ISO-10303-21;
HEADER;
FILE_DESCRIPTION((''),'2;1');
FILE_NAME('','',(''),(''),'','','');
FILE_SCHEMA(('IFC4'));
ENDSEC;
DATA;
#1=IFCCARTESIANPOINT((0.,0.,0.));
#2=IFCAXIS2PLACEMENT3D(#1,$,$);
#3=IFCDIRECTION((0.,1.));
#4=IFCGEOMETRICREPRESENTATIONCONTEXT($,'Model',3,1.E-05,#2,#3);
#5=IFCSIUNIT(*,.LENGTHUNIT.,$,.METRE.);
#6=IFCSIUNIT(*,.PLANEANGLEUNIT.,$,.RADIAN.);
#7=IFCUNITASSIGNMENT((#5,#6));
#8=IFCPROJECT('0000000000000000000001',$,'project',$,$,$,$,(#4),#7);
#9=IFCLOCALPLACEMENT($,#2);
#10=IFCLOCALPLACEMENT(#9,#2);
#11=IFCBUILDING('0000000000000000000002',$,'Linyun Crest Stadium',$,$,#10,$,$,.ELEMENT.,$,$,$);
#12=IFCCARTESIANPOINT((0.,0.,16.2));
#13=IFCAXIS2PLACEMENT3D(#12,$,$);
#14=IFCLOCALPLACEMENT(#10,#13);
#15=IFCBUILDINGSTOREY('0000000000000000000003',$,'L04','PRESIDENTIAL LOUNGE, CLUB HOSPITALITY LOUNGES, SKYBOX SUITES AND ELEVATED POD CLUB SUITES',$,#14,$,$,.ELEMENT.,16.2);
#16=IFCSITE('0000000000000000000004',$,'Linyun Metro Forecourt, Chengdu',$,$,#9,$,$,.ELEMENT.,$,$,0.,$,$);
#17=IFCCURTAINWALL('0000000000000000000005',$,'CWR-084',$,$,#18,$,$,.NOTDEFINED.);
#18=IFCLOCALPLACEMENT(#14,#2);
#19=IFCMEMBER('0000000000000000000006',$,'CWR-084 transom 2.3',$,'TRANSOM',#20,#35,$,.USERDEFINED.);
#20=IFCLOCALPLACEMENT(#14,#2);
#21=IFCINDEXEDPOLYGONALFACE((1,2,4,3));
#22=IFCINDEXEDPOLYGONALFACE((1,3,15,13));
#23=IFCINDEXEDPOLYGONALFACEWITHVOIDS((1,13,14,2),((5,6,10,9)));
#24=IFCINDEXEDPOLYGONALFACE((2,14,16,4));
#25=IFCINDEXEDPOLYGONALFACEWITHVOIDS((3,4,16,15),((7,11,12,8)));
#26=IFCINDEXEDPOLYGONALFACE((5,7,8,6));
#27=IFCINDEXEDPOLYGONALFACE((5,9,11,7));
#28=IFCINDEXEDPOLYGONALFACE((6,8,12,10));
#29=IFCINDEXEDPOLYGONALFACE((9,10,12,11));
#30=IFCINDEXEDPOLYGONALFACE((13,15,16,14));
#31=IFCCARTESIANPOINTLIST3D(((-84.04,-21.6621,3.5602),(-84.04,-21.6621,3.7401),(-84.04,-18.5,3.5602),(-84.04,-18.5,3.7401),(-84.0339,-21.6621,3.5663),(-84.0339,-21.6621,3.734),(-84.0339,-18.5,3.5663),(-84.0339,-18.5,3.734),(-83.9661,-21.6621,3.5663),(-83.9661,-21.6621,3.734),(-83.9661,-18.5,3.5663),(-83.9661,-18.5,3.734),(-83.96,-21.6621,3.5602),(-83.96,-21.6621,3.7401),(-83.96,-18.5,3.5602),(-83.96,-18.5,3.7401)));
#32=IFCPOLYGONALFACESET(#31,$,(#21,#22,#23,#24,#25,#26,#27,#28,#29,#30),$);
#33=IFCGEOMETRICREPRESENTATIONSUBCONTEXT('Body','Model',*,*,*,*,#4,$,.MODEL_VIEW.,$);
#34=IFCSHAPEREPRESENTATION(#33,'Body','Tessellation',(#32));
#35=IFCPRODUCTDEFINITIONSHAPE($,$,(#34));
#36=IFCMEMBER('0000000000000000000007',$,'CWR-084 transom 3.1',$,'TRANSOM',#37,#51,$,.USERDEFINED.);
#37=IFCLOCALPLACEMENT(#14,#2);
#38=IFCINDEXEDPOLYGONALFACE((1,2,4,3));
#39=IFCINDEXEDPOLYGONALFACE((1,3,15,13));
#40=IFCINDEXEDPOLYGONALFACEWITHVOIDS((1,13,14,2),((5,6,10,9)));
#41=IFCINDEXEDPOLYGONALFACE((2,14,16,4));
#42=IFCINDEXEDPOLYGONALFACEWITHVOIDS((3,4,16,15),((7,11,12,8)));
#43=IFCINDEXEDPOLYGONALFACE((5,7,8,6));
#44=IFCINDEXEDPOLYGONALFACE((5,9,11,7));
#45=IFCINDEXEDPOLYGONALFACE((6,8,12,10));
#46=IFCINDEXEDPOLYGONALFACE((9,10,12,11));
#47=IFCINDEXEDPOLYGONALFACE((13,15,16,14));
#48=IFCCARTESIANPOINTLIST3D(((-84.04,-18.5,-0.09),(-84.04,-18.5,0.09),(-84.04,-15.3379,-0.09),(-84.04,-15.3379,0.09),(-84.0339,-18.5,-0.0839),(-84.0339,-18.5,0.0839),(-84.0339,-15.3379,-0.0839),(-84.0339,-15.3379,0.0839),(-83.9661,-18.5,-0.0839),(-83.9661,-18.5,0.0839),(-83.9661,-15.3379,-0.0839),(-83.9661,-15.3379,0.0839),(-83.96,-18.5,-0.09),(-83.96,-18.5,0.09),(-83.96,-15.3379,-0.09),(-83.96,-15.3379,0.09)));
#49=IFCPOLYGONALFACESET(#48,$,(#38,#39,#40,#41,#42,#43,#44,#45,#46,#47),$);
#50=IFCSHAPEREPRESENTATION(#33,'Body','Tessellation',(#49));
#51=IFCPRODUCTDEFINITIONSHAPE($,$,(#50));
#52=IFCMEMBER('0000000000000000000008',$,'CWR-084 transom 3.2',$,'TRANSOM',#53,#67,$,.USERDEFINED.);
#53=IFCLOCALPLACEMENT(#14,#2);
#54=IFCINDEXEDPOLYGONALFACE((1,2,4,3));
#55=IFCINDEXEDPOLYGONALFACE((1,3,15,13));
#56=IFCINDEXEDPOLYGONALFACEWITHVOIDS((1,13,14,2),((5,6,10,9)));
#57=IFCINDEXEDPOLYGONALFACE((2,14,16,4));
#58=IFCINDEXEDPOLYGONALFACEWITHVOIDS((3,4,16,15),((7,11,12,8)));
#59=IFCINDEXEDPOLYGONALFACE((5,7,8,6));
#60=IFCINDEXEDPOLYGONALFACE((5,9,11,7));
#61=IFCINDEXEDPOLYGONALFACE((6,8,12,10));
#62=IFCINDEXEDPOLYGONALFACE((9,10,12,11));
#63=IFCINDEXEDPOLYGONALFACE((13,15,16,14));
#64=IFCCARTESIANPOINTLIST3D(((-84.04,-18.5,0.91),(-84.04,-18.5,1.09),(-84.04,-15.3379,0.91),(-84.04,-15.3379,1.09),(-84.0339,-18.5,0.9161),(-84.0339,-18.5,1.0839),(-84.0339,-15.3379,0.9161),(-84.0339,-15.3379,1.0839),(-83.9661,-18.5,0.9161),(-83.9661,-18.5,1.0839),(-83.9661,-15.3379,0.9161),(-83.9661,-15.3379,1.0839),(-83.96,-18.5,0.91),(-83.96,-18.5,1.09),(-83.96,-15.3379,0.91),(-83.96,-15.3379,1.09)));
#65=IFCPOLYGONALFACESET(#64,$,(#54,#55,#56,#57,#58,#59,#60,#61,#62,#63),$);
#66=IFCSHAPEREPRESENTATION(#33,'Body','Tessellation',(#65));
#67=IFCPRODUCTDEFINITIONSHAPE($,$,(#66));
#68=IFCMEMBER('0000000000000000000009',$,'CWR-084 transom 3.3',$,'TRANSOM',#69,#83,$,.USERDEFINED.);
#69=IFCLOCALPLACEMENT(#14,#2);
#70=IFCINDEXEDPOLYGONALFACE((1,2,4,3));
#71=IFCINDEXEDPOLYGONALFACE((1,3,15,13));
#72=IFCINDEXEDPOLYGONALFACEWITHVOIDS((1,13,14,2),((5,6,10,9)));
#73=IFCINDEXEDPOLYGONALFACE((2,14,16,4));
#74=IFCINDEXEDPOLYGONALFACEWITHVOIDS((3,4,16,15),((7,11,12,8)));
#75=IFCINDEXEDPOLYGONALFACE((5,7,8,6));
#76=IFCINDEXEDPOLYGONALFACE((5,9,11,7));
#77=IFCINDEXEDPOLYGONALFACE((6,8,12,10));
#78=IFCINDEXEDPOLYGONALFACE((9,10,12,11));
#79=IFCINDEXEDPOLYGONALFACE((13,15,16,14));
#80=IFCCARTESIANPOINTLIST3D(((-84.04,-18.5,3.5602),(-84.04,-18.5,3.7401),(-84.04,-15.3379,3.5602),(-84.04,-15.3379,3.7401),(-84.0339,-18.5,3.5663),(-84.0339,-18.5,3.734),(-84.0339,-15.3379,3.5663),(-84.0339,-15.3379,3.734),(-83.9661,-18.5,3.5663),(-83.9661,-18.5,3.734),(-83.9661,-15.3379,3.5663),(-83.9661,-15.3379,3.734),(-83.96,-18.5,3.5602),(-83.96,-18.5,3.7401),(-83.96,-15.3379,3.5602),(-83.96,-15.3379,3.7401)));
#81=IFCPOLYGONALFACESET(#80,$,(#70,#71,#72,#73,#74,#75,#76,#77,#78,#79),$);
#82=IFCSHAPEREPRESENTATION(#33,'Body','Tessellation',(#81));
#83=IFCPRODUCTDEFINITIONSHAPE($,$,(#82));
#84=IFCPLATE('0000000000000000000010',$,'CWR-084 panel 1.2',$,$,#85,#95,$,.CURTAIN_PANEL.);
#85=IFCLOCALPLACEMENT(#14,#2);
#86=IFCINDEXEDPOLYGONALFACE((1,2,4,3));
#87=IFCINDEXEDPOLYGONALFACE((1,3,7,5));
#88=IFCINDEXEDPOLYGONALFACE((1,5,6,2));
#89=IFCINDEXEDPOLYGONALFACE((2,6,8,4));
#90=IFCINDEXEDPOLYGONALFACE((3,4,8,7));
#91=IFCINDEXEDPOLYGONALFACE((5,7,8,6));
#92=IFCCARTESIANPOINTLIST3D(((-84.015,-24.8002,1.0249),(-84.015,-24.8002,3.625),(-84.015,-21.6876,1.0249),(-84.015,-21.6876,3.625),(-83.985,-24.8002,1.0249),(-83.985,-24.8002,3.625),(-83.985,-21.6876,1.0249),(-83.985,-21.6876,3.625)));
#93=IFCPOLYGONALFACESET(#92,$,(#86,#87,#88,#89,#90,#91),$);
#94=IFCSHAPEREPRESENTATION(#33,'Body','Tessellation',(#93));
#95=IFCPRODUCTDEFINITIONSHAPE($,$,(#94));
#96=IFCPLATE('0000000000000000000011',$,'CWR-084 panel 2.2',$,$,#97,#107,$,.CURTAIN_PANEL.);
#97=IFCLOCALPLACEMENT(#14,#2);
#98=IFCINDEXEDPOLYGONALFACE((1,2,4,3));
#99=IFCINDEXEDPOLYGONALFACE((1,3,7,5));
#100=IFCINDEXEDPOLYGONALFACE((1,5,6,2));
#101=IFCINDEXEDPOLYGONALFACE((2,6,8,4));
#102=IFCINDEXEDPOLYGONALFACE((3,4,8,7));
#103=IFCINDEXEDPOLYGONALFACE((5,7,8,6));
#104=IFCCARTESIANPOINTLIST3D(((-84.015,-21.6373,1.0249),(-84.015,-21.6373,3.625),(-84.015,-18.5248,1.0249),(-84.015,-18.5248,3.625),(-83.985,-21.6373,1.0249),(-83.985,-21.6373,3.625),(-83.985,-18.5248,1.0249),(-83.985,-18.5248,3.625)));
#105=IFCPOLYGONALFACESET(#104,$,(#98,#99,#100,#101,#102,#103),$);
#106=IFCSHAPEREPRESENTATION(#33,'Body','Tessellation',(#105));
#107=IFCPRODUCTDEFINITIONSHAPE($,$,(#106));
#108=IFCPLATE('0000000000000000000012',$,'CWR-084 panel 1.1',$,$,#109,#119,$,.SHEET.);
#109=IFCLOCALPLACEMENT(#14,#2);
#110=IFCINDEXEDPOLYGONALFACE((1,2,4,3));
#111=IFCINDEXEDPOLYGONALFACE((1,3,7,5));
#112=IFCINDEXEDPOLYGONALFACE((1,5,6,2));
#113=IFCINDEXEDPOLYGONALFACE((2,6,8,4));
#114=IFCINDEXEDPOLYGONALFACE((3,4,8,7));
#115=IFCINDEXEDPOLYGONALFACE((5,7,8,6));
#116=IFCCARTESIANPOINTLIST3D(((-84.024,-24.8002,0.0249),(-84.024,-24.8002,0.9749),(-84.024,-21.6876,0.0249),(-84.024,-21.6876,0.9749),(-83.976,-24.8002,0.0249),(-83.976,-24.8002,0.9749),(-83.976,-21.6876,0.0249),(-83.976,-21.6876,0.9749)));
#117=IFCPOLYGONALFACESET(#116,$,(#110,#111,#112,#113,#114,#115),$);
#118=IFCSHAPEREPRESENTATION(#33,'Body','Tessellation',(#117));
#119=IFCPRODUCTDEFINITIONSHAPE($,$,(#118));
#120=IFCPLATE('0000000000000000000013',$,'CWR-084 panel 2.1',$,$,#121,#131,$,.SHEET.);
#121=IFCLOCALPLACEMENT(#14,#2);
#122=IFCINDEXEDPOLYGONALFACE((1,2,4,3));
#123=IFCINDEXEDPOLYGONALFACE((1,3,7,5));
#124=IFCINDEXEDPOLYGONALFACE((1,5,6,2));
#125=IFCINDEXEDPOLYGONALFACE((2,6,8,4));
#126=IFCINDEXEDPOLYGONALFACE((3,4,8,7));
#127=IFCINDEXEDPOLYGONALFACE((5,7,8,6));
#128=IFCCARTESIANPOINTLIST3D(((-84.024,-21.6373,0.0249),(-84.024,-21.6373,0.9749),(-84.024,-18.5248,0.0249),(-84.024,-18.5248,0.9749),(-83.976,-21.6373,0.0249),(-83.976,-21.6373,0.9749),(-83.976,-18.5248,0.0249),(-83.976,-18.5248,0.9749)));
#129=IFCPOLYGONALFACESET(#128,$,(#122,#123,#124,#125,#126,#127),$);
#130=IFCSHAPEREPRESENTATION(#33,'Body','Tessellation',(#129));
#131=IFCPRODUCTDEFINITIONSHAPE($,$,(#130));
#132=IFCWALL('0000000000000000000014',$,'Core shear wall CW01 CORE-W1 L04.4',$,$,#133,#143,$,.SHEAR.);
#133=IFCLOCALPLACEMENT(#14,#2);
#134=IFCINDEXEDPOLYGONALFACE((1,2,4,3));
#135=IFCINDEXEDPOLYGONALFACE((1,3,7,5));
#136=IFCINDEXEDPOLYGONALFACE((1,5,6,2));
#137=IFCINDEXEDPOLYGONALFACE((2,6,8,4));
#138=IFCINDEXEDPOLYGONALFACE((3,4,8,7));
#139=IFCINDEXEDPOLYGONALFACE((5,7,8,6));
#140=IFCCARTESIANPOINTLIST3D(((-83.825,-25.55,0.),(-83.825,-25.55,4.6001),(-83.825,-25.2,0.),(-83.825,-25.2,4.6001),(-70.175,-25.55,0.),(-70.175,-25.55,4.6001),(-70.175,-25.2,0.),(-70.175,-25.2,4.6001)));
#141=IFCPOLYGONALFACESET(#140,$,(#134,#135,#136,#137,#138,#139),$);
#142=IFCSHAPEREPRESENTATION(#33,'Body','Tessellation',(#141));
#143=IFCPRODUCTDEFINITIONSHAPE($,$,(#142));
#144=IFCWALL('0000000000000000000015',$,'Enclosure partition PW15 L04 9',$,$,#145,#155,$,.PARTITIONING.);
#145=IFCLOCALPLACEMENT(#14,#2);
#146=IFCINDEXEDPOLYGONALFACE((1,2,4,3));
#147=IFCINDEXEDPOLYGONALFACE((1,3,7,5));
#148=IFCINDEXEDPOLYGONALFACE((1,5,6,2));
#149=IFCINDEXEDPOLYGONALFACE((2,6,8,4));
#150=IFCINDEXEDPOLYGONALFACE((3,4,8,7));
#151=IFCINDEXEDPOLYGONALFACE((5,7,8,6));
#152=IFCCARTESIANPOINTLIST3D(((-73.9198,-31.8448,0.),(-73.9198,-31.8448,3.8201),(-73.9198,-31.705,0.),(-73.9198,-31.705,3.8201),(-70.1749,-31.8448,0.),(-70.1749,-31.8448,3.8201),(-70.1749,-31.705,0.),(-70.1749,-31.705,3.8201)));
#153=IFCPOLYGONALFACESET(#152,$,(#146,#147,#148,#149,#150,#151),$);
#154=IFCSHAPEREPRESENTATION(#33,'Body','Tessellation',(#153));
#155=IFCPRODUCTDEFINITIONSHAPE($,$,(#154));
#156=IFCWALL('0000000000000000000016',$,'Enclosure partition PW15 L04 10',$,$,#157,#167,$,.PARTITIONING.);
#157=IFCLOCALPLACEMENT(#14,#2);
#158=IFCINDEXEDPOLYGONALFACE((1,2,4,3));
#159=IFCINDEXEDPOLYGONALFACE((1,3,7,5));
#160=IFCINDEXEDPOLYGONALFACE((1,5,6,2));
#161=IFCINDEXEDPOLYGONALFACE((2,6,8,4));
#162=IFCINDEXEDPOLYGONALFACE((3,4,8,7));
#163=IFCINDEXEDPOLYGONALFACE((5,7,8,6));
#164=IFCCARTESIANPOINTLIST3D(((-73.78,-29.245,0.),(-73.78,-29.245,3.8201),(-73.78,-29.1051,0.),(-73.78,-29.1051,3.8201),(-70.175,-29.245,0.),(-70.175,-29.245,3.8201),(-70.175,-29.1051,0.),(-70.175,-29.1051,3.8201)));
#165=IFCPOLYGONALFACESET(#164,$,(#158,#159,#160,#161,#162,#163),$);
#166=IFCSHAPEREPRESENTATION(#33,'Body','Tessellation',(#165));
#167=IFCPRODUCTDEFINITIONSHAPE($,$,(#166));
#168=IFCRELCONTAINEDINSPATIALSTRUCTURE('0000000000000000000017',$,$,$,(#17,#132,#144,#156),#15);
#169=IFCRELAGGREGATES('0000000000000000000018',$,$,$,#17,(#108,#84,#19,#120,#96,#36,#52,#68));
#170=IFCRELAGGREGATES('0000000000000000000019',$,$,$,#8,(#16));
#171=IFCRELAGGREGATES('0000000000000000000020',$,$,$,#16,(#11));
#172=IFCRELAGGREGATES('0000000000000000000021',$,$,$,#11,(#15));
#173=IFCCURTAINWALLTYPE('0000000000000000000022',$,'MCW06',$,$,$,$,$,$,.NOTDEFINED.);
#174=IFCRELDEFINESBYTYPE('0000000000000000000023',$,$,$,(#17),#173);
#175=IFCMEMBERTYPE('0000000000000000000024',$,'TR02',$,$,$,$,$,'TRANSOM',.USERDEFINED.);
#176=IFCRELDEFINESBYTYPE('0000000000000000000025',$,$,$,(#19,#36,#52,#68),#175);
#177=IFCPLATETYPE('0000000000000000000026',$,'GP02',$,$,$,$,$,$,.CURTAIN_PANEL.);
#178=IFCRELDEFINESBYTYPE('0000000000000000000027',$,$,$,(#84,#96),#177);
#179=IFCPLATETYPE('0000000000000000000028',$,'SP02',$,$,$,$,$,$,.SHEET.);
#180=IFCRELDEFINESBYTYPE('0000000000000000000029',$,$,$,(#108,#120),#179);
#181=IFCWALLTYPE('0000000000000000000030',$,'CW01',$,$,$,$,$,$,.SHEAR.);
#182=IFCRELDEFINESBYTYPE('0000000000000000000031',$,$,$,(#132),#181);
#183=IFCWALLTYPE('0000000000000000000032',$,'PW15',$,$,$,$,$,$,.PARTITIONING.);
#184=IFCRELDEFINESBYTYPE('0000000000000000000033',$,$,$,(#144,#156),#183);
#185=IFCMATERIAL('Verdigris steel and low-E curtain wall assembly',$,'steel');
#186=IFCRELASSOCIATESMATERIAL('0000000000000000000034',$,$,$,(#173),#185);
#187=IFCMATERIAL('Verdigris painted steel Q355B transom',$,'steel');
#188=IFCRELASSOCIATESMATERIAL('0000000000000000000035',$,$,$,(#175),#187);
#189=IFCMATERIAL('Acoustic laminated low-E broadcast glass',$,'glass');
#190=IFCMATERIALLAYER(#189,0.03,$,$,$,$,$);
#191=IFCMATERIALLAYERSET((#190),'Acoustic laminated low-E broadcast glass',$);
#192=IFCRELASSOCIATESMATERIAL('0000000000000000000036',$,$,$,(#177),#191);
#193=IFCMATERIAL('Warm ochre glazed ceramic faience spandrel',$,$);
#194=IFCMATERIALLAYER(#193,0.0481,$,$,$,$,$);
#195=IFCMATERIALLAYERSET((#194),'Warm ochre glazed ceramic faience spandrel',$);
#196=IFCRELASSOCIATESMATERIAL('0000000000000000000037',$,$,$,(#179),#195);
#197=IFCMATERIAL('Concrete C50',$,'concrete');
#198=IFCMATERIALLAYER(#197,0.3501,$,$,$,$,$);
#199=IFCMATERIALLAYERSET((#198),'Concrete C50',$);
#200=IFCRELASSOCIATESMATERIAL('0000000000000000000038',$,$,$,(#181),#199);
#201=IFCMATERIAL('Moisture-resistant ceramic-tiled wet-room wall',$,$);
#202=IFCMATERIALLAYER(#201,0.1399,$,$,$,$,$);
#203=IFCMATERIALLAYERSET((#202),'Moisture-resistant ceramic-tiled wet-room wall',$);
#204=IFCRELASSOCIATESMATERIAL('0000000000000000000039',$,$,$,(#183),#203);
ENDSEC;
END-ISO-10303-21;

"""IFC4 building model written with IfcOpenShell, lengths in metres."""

from ifc_helpers import new_model, si_unit, direction, frame, frame_2d, origin, origin_2d, place, context, subcontext, project, spatial, rectangle, hollow_rectangle, extrude, material, layer, layer_set, material_profile, profile_set, type_object, element, aggregate, save


model = new_model("IFC4")

# Units and contexts
model_context = context("Model", 3, precision=1e-05, world=origin(), true_north=direction((0.0, 1.0)))
body_context = subcontext(model_context, "Body", "Model", "MODEL_VIEW")
ifc_project = project(units=[si_unit("LENGTHUNIT", "METRE"), si_unit("PLANEANGLEUNIT", "RADIAN")], contexts=[model_context])

# Site, building, storey
site_placement = place(None, origin())
site = spatial("IfcSite", under=ifc_project, at=site_placement, Name="Linyun Metro Forecourt, Chengdu", CompositionType="ELEMENT", RefElevation=0.0)
building_placement = place(site_placement, origin())
building = spatial("IfcBuilding", under=site, at=building_placement, Name="Linyun Crest Stadium", CompositionType="ELEMENT")
storey_placement = place(building_placement, frame((0.0, 0.0, 16.2)))
storey = spatial("IfcBuildingStorey", under=building, at=storey_placement, Name="L04", Description="PRESIDENTIAL LOUNGE, CLUB HOSPITALITY LOUNGES, SKYBOX SUITES AND ELEVATED POD CLUB SUITES", CompositionType="ELEMENT", Elevation=16.2)

# Curtain wall, members, plates
ifc_material_1 = material(Name="Verdigris steel and low-E curtain wall assembly", Category="steel")
curtain_wall_type = type_object("IfcCurtainWallType", Name="MCW06", PredefinedType="NOTDEFINED", material=ifc_material_1)
curtain_wall_placement = place(storey_placement, origin())
curtain_wall = element("IfcCurtainWall", 1, at=curtain_wall_placement, inside=storey, type_object=curtain_wall_type, Name="CWR-084", PredefinedType="NOTDEFINED")
ifc_material_2 = material(Name="Verdigris painted steel Q355B transom", Category="steel")
ifc_material_profile_1 = material_profile(ifc_material_2, hollow_rectangle(XDim=0.0801, YDim=0.1799, WallThickness=0.0061, at=origin_2d()), Name="RHS 180x80x6")
ifc_profile_set_1 = profile_set([ifc_material_profile_1], Name="Verdigris painted steel Q355B transom")
member_type_1 = type_object("IfcMemberType", Name="TR02", ElementType="TRANSOM", PredefinedType="USERDEFINED", material=ifc_profile_set_1)
member_1_placement = place(storey_placement, frame((-84.0, -21.6621, 3.6501), z_axis=(0.0, 1.0, 0.0), x_axis=(-1.0, 0.0, 0.0)))
member_1 = element("IfcMember", 2, at=member_1_placement, type_object=member_type_1, Name="CWR-084 transom 2.3", ObjectType="TRANSOM", PredefinedType="USERDEFINED", context=body_context, shape_type="SweptSolid", body=[
    extrude(hollow_rectangle(XDim=0.0801, YDim=0.1799, WallThickness=0.0061, at=origin_2d()), origin(), (0.0, 0.0, 1.0), 3.1621),
])
member_2_placement = place(storey_placement, frame((-84.0, -18.5, 0.0), z_axis=(0.0, 1.0, 0.0), x_axis=(-1.0, 0.0, 0.0)))
member_2 = element("IfcMember", 3, at=member_2_placement, type_object=member_type_1, Name="CWR-084 transom 3.1", ObjectType="TRANSOM", PredefinedType="USERDEFINED", context=body_context, shape_type="SweptSolid", body=[
    extrude(hollow_rectangle(XDim=0.0801, YDim=0.1799, WallThickness=0.0061, at=origin_2d()), origin(), (0.0, 0.0, 1.0), 3.1621),
])
member_3_placement = place(storey_placement, frame((-84.0, -18.5, 1.0), z_axis=(0.0, 1.0, 0.0), x_axis=(-1.0, 0.0, 0.0)))
member_3 = element("IfcMember", 4, at=member_3_placement, type_object=member_type_1, Name="CWR-084 transom 3.2", ObjectType="TRANSOM", PredefinedType="USERDEFINED", context=body_context, shape_type="SweptSolid", body=[
    extrude(hollow_rectangle(XDim=0.0801, YDim=0.1799, WallThickness=0.0061, at=origin_2d()), origin(), (0.0, 0.0, 1.0), 3.1621),
])
member_4_placement = place(storey_placement, frame((-84.0, -18.5, 3.6501), z_axis=(0.0, 1.0, 0.0), x_axis=(-1.0, 0.0, 0.0)))
member_4 = element("IfcMember", 5, at=member_4_placement, type_object=member_type_1, Name="CWR-084 transom 3.3", ObjectType="TRANSOM", PredefinedType="USERDEFINED", context=body_context, shape_type="SweptSolid", body=[
    extrude(hollow_rectangle(XDim=0.0801, YDim=0.1799, WallThickness=0.0061, at=origin_2d()), origin(), (0.0, 0.0, 1.0), 3.1621),
])
ifc_material_3 = material(Name="Acoustic laminated low-E broadcast glass", Category="glass")
ifc_layer_1 = layer(ifc_material_3, 0.03)
ifc_layer_set_1 = layer_set([ifc_layer_1], Name="Acoustic laminated low-E broadcast glass")
plate_type_1 = type_object("IfcPlateType", Name="GP02", PredefinedType="CURTAIN_PANEL", material=ifc_layer_set_1)
plate_1_placement = place(storey_placement, frame((-84.0, -23.2439, 1.0249), z_axis=(0.0, 0.0, 1.0), x_axis=(0.0, 1.0, 0.0)))
plate_1 = element("IfcPlate", 6, at=plate_1_placement, type_object=plate_type_1, Name="CWR-084 panel 1.2", PredefinedType="CURTAIN_PANEL", context=body_context, shape_type="SweptSolid", body=[
    extrude(rectangle(XDim=3.1125, YDim=0.03, at=origin_2d()), origin(), (0.0, 0.0, 1.0), 2.6001),
])
plate_2_placement = place(storey_placement, frame((-84.0, -20.0811, 1.0249), z_axis=(0.0, 0.0, 1.0), x_axis=(0.0, 1.0, 0.0)))
plate_2 = element("IfcPlate", 7, at=plate_2_placement, type_object=plate_type_1, Name="CWR-084 panel 2.2", PredefinedType="CURTAIN_PANEL", context=body_context, shape_type="SweptSolid", body=[
    extrude(rectangle(XDim=3.1125, YDim=0.03, at=origin_2d()), origin(), (0.0, 0.0, 1.0), 2.6001),
])
ifc_material_4 = material(Name="Warm ochre glazed ceramic faience spandrel")
ifc_layer_2 = layer(ifc_material_4, 0.0481)
ifc_layer_set_2 = layer_set([ifc_layer_2], Name="Warm ochre glazed ceramic faience spandrel")
plate_type_2 = type_object("IfcPlateType", Name="SP02", PredefinedType="SHEET", material=ifc_layer_set_2)
plate_3_placement = place(storey_placement, frame((-84.0, -23.2439, 0.0249), z_axis=(0.0, 0.0, 1.0), x_axis=(0.0, 1.0, 0.0)))
plate_3 = element("IfcPlate", 8, at=plate_3_placement, type_object=plate_type_2, Name="CWR-084 panel 1.1", PredefinedType="SHEET", context=body_context, shape_type="SweptSolid", body=[
    extrude(rectangle(XDim=3.1125, YDim=0.0481, at=origin_2d()), origin(), (0.0, 0.0, 1.0), 0.95),
])
plate_4_placement = place(storey_placement, frame((-84.0, -20.0811, 0.0249), z_axis=(0.0, 0.0, 1.0), x_axis=(0.0, 1.0, 0.0)))
plate_4 = element("IfcPlate", 9, at=plate_4_placement, type_object=plate_type_2, Name="CWR-084 panel 2.1", PredefinedType="SHEET", context=body_context, shape_type="SweptSolid", body=[
    extrude(rectangle(XDim=3.1125, YDim=0.0481, at=origin_2d()), origin(), (0.0, 0.0, 1.0), 0.95),
])
aggregate(curtain_wall, [plate_3, plate_1, member_1, plate_4, plate_2, member_2, member_3, member_4])

# Wall
ifc_material_5 = material(Name="Concrete C50", Category="concrete")
ifc_layer_3 = layer(ifc_material_5, 0.3501)
ifc_layer_set_3 = layer_set([ifc_layer_3], Name="Concrete C50")
wall_type_1 = type_object("IfcWallType", Name="CW01", PredefinedType="SHEAR", material=ifc_layer_set_3)
wall_1_placement = place(storey_placement, frame((-83.825, -25.375, 0.0), z_axis=(0.0, 0.0, 1.0), x_axis=(1.0, 0.0, 0.0)))
element("IfcWall", 10, at=wall_1_placement, inside=storey, type_object=wall_type_1, Name="Core shear wall CW01 CORE-W1 L04.4", PredefinedType="SHEAR", context=body_context, shape_type="SweptSolid", body=[
    extrude(rectangle(XDim=13.6499, YDim=0.3501, at=frame_2d((6.825, 0.0))), origin(), (0.0, 0.0, 1.0), 4.6001),
])

# Shared definitions
ifc_material_6 = material(Name="Moisture-resistant ceramic-tiled wet-room wall")
ifc_layer_4 = layer(ifc_material_6, 0.1399)
ifc_layer_set_4 = layer_set([ifc_layer_4], Name="Moisture-resistant ceramic-tiled wet-room wall")
wall_type_2 = type_object("IfcWallType", Name="PW15", PredefinedType="PARTITIONING", material=ifc_layer_set_4)

# Walls
wall_2_placement = place(storey_placement, frame((-73.9199, -31.7749, 0.0), z_axis=(0.0, 0.0, 1.0), x_axis=(1.0, 0.0, 0.0)))
element("IfcWall", 11, at=wall_2_placement, inside=storey, type_object=wall_type_2, Name="Enclosure partition PW15 L04 9", PredefinedType="PARTITIONING", context=body_context, shape_type="SweptSolid", body=[
    extrude(rectangle(XDim=3.7449, YDim=0.1399, at=frame_2d((1.8726, 0.0))), origin(), (0.0, 0.0, 1.0), 3.8201),
])
wall_3_placement = place(storey_placement, frame((-73.78, -29.175, 0.0), z_axis=(0.0, 0.0, 1.0), x_axis=(1.0, 0.0, 0.0)))
element("IfcWall", 12, at=wall_3_placement, inside=storey, type_object=wall_type_2, Name="Enclosure partition PW15 L04 10", PredefinedType="PARTITIONING", context=body_context, shape_type="SweptSolid", body=[
    extrude(rectangle(XDim=3.605, YDim=0.1399, at=frame_2d((1.8025, 0.0))), origin(), (0.0, 0.0, 1.0), 3.8201),
])

save(model, "model.ifc")
